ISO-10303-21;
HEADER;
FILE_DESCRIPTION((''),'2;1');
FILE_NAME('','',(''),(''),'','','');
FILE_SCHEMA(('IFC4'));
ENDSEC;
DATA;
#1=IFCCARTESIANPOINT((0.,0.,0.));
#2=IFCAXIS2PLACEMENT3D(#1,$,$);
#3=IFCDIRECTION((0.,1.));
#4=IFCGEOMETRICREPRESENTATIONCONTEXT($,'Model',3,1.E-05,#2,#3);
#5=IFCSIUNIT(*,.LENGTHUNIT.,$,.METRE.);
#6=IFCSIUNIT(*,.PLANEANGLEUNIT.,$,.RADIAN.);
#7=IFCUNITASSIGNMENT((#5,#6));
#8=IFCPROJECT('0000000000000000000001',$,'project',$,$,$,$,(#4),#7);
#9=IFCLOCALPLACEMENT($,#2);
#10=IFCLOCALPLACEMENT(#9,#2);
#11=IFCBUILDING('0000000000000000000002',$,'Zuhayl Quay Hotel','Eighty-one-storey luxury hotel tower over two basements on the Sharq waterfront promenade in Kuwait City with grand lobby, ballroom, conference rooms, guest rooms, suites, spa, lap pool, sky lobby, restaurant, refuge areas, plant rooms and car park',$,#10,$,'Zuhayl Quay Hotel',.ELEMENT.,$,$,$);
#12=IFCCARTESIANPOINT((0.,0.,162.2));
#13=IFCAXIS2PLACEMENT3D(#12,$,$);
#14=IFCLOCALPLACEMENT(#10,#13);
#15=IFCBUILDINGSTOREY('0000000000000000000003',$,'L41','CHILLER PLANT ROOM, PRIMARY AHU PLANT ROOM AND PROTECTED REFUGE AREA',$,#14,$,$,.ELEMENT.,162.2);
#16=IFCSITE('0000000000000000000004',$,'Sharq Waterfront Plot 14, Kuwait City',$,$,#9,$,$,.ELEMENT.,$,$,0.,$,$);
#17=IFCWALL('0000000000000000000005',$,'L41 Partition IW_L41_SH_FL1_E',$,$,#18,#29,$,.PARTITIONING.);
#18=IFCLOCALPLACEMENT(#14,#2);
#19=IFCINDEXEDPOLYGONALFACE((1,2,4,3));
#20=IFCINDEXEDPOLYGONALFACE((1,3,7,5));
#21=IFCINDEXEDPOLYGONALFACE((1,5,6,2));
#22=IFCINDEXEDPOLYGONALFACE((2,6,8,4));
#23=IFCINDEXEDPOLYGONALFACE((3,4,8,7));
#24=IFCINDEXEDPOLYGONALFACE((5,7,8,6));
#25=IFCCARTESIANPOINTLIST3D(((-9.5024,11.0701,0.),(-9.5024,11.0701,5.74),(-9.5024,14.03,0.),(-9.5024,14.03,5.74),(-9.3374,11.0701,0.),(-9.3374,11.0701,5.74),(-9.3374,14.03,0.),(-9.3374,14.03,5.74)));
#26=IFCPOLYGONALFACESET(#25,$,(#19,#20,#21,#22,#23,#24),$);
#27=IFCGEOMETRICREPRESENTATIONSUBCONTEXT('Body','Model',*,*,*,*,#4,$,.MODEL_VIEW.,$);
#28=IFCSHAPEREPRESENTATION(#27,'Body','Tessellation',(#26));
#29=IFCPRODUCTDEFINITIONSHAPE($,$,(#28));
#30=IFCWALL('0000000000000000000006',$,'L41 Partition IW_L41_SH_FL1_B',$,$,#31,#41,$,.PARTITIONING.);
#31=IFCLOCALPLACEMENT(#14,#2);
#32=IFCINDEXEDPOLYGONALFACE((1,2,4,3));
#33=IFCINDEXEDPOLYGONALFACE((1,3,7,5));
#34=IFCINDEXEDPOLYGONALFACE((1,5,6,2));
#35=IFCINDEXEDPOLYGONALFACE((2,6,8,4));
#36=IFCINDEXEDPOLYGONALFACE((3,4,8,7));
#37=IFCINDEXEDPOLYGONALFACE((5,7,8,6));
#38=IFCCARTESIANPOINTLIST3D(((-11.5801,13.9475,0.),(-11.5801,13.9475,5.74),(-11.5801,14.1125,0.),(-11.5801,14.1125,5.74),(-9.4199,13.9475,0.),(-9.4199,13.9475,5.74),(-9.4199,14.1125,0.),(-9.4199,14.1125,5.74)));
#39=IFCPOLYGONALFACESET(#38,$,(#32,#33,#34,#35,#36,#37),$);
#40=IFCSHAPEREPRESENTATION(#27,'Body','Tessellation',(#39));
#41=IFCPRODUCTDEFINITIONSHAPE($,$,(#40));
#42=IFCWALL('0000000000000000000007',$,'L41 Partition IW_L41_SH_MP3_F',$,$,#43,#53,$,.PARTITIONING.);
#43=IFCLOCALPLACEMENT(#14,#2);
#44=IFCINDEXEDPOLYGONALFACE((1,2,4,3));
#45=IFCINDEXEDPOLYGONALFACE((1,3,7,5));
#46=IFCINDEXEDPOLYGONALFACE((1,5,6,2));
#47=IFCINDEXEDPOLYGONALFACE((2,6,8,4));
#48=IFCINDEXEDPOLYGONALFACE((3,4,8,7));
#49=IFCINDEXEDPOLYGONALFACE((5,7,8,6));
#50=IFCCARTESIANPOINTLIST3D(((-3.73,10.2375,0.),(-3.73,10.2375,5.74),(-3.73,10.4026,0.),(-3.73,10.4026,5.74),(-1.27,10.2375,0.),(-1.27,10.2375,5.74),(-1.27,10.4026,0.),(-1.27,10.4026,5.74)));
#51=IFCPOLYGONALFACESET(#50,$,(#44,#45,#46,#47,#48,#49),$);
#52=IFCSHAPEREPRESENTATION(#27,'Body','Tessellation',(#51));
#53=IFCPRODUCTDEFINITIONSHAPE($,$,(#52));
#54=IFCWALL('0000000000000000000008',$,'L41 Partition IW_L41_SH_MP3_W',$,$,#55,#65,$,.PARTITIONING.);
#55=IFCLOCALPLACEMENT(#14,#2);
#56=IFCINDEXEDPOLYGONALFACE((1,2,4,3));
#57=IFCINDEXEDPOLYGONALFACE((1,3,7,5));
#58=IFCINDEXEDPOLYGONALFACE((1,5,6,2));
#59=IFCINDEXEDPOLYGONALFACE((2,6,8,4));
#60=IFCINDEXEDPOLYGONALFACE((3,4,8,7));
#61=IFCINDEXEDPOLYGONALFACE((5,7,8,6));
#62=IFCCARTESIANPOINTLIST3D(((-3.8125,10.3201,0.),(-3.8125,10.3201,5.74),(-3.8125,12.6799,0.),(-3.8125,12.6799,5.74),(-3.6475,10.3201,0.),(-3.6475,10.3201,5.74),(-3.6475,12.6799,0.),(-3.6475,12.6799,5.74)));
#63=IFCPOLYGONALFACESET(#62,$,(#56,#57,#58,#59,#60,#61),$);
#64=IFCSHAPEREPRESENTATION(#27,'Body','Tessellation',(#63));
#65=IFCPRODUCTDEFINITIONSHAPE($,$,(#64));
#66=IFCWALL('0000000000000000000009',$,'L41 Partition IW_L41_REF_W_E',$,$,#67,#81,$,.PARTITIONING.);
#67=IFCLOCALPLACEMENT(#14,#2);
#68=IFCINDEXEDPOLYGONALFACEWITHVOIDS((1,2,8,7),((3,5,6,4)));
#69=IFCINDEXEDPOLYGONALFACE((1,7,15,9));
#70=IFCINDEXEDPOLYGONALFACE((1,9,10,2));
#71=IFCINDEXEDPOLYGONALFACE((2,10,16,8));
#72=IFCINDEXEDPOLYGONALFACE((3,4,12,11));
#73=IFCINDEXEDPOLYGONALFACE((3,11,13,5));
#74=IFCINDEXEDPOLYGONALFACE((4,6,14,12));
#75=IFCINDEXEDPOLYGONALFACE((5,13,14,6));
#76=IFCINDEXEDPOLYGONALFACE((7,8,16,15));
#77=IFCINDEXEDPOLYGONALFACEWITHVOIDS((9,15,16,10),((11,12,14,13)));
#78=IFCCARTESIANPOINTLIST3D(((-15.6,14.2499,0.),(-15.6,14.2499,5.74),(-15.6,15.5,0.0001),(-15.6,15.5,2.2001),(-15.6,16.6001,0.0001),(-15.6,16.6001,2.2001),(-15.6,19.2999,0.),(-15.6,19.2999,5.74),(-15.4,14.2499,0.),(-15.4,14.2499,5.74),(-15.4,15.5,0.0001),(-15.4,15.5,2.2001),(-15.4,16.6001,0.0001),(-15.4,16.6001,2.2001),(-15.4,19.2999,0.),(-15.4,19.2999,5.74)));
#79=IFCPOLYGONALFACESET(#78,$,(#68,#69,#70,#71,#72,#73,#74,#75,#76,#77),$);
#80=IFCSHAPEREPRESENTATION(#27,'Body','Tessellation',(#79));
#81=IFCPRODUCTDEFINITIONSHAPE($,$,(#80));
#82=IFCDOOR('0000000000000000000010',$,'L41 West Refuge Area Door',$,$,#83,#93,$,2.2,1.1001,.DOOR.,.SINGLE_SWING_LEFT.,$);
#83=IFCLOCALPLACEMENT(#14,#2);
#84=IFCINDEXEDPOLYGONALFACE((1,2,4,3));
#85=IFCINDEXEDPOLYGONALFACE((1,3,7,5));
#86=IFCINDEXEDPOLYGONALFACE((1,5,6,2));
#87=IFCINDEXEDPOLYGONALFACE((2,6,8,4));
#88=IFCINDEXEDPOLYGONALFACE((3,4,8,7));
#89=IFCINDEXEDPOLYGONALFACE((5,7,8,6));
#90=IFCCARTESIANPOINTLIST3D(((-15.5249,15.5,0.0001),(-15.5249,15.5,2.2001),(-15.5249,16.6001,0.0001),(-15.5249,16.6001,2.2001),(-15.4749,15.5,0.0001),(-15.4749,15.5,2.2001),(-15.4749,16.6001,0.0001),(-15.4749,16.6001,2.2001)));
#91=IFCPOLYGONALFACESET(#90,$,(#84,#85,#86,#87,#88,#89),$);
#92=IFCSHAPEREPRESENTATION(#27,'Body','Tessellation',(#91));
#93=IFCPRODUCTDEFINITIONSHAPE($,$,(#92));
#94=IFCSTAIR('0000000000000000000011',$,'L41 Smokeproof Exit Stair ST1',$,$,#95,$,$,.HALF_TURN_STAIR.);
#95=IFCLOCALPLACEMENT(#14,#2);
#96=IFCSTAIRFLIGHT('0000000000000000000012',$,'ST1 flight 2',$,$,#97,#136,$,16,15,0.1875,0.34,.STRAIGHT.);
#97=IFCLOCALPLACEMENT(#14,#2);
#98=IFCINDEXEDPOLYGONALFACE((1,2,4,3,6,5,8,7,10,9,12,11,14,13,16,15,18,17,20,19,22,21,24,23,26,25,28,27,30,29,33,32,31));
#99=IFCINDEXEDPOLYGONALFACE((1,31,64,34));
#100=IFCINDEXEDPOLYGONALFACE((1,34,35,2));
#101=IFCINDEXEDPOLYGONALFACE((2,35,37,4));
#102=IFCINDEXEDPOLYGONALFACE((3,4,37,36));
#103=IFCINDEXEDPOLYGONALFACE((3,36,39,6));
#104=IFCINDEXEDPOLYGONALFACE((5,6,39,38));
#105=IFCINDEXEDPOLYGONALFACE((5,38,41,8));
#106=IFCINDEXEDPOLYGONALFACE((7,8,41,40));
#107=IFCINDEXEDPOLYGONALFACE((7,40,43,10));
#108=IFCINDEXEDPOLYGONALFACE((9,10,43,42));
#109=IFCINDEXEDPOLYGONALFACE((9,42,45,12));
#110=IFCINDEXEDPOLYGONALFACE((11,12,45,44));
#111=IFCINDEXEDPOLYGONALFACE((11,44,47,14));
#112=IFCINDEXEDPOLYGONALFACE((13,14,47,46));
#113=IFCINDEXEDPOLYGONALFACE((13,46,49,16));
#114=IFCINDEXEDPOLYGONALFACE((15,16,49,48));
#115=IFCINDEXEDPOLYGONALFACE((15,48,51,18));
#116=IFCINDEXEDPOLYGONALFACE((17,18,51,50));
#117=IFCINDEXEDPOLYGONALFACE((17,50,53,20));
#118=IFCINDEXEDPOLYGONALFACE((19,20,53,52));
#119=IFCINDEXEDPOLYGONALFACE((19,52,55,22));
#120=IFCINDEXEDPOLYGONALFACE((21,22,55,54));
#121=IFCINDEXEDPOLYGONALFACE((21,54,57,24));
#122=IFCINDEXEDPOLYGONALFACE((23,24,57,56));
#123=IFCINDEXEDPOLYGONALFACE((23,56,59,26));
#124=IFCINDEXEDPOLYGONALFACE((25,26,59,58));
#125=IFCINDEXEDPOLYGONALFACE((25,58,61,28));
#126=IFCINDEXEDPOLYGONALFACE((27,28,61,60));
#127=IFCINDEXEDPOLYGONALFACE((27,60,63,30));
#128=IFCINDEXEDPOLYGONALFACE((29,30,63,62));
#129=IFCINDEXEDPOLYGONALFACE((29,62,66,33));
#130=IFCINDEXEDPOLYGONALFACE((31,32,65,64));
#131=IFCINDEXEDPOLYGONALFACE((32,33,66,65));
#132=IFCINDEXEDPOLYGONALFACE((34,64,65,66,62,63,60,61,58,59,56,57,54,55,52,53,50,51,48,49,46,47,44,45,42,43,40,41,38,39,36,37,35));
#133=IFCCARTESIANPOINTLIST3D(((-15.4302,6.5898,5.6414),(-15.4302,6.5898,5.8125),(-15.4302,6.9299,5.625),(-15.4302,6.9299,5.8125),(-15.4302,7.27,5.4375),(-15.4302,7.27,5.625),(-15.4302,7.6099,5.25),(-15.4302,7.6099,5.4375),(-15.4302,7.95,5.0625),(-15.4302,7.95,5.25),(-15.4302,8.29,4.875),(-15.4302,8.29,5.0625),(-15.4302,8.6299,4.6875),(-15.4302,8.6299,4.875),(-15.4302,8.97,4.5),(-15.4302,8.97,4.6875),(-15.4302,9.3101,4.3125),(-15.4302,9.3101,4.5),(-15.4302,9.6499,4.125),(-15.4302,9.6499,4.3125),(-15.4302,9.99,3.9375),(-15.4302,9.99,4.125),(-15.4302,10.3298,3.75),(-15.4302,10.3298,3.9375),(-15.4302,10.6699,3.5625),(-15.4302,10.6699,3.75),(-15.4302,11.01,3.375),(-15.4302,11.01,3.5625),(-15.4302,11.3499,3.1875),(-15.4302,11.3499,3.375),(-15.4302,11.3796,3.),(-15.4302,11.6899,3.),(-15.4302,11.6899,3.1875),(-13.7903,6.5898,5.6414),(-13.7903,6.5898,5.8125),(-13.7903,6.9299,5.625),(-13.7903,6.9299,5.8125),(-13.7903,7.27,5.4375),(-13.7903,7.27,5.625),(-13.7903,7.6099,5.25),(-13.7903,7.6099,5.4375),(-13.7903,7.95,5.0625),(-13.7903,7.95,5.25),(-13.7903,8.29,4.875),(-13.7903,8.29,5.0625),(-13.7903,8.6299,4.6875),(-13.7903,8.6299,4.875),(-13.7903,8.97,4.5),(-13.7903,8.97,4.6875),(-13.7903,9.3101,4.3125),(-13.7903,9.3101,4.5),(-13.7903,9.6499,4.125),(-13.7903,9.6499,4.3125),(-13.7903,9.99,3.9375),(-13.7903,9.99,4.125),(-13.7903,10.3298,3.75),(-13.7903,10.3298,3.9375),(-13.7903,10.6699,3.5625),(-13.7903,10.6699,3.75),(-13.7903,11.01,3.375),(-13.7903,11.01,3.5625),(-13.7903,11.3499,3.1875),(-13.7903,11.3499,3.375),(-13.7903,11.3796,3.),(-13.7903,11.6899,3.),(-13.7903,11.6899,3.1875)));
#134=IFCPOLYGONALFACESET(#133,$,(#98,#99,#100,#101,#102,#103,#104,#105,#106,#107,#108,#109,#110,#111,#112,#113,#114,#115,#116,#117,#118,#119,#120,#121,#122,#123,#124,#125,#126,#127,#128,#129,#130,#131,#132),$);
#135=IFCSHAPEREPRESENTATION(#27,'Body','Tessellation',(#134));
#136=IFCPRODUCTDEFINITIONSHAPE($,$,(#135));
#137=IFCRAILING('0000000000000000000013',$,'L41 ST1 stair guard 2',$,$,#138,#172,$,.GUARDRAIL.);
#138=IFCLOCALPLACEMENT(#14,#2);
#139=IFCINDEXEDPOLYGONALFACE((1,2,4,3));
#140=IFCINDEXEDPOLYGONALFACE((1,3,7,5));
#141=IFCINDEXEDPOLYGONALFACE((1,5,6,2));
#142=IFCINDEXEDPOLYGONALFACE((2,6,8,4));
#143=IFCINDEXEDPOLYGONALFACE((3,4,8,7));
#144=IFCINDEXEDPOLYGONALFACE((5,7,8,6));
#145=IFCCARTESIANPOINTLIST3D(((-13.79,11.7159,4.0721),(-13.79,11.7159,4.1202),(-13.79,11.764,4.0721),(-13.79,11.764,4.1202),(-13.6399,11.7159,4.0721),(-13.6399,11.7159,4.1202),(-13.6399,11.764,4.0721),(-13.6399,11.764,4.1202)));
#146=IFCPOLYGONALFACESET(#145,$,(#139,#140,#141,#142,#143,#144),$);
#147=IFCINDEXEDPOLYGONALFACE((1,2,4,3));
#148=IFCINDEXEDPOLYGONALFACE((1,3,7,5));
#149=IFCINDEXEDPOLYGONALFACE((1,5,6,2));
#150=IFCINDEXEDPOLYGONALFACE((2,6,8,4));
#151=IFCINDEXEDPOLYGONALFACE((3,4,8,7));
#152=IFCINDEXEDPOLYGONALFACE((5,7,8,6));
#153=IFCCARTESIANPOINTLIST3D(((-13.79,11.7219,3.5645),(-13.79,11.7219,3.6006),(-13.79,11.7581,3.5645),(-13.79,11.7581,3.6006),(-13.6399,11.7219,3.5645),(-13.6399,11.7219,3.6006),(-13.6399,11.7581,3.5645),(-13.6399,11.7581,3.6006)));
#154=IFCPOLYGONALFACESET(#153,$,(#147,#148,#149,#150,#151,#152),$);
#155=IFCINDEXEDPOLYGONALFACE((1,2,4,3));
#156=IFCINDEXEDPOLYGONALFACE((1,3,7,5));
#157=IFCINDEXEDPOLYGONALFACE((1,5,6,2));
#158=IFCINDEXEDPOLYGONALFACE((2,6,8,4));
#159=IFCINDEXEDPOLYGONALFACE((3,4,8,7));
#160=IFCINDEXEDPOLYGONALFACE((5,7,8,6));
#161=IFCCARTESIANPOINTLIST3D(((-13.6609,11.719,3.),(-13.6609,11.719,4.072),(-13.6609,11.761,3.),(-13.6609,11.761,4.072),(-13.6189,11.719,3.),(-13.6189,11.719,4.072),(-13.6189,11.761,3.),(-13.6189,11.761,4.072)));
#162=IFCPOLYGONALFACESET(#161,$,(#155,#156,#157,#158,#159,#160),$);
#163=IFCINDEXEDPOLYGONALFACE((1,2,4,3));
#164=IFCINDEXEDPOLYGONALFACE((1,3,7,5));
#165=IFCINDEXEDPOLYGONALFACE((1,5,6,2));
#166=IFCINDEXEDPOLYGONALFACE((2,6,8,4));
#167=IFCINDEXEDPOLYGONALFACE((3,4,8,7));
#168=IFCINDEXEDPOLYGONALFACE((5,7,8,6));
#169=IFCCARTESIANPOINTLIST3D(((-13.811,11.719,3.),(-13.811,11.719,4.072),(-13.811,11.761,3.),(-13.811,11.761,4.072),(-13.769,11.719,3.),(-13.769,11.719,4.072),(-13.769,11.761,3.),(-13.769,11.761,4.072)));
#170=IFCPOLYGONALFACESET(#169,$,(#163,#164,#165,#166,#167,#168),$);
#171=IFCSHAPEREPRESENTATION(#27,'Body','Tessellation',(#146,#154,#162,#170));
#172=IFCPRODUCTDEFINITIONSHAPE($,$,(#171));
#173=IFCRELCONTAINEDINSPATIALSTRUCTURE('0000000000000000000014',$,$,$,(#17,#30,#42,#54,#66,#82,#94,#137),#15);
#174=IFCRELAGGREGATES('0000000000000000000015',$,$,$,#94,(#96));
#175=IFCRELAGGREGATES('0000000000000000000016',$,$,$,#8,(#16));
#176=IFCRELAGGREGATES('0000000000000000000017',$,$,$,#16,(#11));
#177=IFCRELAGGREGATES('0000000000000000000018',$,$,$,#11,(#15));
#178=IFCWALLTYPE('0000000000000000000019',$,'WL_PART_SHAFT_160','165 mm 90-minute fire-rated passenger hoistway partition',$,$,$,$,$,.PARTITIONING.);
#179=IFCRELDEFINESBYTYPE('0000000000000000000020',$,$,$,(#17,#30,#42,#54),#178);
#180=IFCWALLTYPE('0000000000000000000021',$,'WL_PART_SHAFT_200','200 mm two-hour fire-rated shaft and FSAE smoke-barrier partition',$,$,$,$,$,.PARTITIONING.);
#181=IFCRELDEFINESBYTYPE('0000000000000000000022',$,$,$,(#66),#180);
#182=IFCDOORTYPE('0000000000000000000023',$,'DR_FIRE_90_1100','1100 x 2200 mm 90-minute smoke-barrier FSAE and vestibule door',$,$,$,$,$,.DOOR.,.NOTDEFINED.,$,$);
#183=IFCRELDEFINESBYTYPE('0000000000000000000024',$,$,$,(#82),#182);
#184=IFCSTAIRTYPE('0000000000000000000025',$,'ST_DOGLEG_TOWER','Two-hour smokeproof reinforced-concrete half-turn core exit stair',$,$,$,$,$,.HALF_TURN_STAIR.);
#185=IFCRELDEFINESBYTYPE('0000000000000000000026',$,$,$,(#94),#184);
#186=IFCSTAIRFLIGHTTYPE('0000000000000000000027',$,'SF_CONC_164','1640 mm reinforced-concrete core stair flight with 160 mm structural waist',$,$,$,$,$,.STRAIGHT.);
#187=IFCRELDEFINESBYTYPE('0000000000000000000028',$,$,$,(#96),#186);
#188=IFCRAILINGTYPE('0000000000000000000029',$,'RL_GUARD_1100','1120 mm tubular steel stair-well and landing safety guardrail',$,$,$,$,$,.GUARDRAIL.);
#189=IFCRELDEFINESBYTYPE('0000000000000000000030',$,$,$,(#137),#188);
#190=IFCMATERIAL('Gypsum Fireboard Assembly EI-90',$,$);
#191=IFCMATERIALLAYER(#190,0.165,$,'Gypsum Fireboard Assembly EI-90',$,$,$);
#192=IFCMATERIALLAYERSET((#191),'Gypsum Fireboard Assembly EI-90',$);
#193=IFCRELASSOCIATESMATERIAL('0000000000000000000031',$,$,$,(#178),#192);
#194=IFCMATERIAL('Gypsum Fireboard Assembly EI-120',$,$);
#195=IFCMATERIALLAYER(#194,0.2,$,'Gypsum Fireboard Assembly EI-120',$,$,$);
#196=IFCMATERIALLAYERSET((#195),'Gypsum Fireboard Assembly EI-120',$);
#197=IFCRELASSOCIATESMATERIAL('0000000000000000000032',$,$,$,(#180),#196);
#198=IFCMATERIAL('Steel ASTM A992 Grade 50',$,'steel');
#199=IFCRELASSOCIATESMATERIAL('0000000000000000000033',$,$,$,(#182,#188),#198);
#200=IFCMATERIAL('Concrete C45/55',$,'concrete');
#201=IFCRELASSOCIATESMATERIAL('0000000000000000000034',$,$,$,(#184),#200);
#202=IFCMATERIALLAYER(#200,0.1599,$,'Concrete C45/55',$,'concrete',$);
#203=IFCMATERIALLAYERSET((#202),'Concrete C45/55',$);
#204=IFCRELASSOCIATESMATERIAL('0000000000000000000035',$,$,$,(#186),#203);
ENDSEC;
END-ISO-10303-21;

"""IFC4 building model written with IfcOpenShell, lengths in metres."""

from ifc_helpers import new_model, si_unit, direction, frame, frame_2d, origin, origin_2d, place, context, subcontext, project, spatial, polyline, rectangle, outline, extrude, material, layer, layer_set, type_object, element, fill, aggregate, save


model = new_model("IFC4")

# Units and contexts
model_context = context("Model", 3, precision=1e-05, world=origin(), true_north=direction((0.0, 1.0)))
body_context = subcontext(model_context, "Body", "Model", "MODEL_VIEW")
ifc_project = project(units=[si_unit("LENGTHUNIT", "METRE"), si_unit("PLANEANGLEUNIT", "RADIAN")], contexts=[model_context])

# Site, building, storey
site_placement = place(None, origin())
site = spatial("IfcSite", under=ifc_project, at=site_placement, Name="Sharq Waterfront Plot 14, Kuwait City", CompositionType="ELEMENT", RefElevation=0.0)
building_placement = place(site_placement, origin())
building = spatial("IfcBuilding", under=site, at=building_placement, Name="Zuhayl Quay Hotel", Description="Eighty-one-storey luxury hotel tower over two basements on the Sharq waterfront promenade in Kuwait City with grand lobby, ballroom, conference rooms, guest rooms, suites, spa, lap pool, sky lobby, restaurant, refuge areas, plant rooms and car park", LongName="Zuhayl Quay Hotel", CompositionType="ELEMENT")
storey_placement = place(building_placement, frame((0.0, 0.0, 162.2)))
storey = spatial("IfcBuildingStorey", under=building, at=storey_placement, Name="L41", Description="CHILLER PLANT ROOM, PRIMARY AHU PLANT ROOM AND PROTECTED REFUGE AREA", CompositionType="ELEMENT", Elevation=162.2)

# Shared definitions
ifc_material_1 = material(Name="Steel ASTM A992 Grade 50", Category="steel")

# Shared definitions
ifc_material_2 = material(Name="Gypsum Fireboard Assembly EI-90")
ifc_layer_1 = layer(ifc_material_2, 0.165, Name="Gypsum Fireboard Assembly EI-90")
ifc_layer_set_1 = layer_set([ifc_layer_1], Name="Gypsum Fireboard Assembly EI-90")
wall_type_1 = type_object("IfcWallType", Name="WL_PART_SHAFT_160", Description="165 mm 90-minute fire-rated passenger hoistway partition", PredefinedType="PARTITIONING", material=ifc_layer_set_1)

# Walls
wall_1_placement = place(storey_placement, frame((-9.4199, 11.0701, 0.0), z_axis=(0.0, 0.0, 1.0), x_axis=(0.0, 1.0, 0.0)))
element("IfcWall", 1, at=wall_1_placement, inside=storey, type_object=wall_type_1, Name="L41 Partition IW_L41_SH_FL1_E", PredefinedType="PARTITIONING", context=body_context, shape_type="SweptSolid", body=[
    extrude(rectangle(XDim=2.96, YDim=0.165, at=frame_2d((1.48, 0.0))), origin(), (0.0, 0.0, 1.0), 5.74),
])
wall_2_placement = place(storey_placement, frame((-11.5801, 14.03, 0.0), z_axis=(0.0, 0.0, 1.0), x_axis=(1.0, 0.0, 0.0)))
element("IfcWall", 2, at=wall_2_placement, inside=storey, type_object=wall_type_1, Name="L41 Partition IW_L41_SH_FL1_B", PredefinedType="PARTITIONING", context=body_context, shape_type="SweptSolid", body=[
    extrude(rectangle(XDim=2.1602, YDim=0.165, at=frame_2d((1.0801, 0.0))), origin(), (0.0, 0.0, 1.0), 5.74),
])
wall_3_placement = place(storey_placement, frame((-3.73, 10.3201, 0.0), z_axis=(0.0, 0.0, 1.0), x_axis=(1.0, 0.0, 0.0)))
element("IfcWall", 3, at=wall_3_placement, inside=storey, type_object=wall_type_1, Name="L41 Partition IW_L41_SH_MP3_F", PredefinedType="PARTITIONING", context=body_context, shape_type="SweptSolid", body=[
    extrude(rectangle(XDim=2.46, YDim=0.165, at=frame_2d((1.23, 0.0))), origin(), (0.0, 0.0, 1.0), 5.74),
])
wall_4_placement = place(storey_placement, frame((-3.73, 10.3201, 0.0), z_axis=(0.0, 0.0, 1.0), x_axis=(0.0, 1.0, 0.0)))
element("IfcWall", 4, at=wall_4_placement, inside=storey, type_object=wall_type_1, Name="L41 Partition IW_L41_SH_MP3_W", PredefinedType="PARTITIONING", context=body_context, shape_type="SweptSolid", body=[
    extrude(rectangle(XDim=2.3599, YDim=0.165, at=frame_2d((1.1799, 0.0))), origin(), (0.0, 0.0, 1.0), 5.74),
])

# Wall, opening, door
ifc_material_3 = material(Name="Gypsum Fireboard Assembly EI-120")
ifc_layer_2 = layer(ifc_material_3, 0.2, Name="Gypsum Fireboard Assembly EI-120")
ifc_layer_set_2 = layer_set([ifc_layer_2], Name="Gypsum Fireboard Assembly EI-120")
wall_type_2 = type_object("IfcWallType", Name="WL_PART_SHAFT_200", Description="200 mm two-hour fire-rated shaft and FSAE smoke-barrier partition", PredefinedType="PARTITIONING", material=ifc_layer_set_2)
wall_5_placement = place(storey_placement, frame((-15.5, 14.25, 0.0), z_axis=(0.0, 0.0, 1.0), x_axis=(0.0, 1.0, 0.0)))
wall_5 = element("IfcWall", 5, at=wall_5_placement, inside=storey, type_object=wall_type_2, Name="L41 Partition IW_L41_REF_W_E", PredefinedType="PARTITIONING", context=body_context, shape_type="SweptSolid", body=[
    extrude(rectangle(XDim=5.05, YDim=0.2, at=frame_2d((2.5249, 0.0))), origin(), (0.0, 0.0, 1.0), 5.74),
])
opening_1_placement = place(wall_5_placement, frame((1.25, 0.0, 0.0)))
opening_1 = element("IfcOpeningElement", 6, at=opening_1_placement, cuts=wall_5, PredefinedType="OPENING", context=body_context, shape_type="SweptSolid", body=[
    extrude(rectangle(XDim=1.1001, YDim=2.2, at=frame_2d((0.55, 1.1001))), frame((0.0, 0.1099, 0.0), z_axis=(0.0, -1.0, 0.0), x_axis=(1.0, 0.0, 0.0)), (0.0, 0.0, 1.0), 0.22),
])
door_type_1 = type_object("IfcDoorType", Name="DR_FIRE_90_1100", Description="1100 x 2200 mm 90-minute smoke-barrier FSAE and vestibule door", OperationType="NOTDEFINED", PredefinedType="DOOR", material=ifc_material_1)
door_1_placement = place(opening_1_placement, origin())
door_1 = element("IfcDoor", 7, at=door_1_placement, inside=storey, type_object=door_type_1, Name="L41 West Refuge Area Door", OperationType="SINGLE_SWING_LEFT", OverallHeight=2.2, OverallWidth=1.1001, PredefinedType="DOOR", context=body_context, shape_type="SweptSolid", body=[
    extrude(rectangle(XDim=1.1001, YDim=2.2, at=frame_2d((0.55, 1.1001))), frame((0.0, 0.0249, 0.0), z_axis=(0.0, -1.0, 0.0), x_axis=(1.0, 0.0, 0.0)), (0.0, 0.0, 1.0), 0.05),
])
fill(opening_1, door_1)

# Stair, stair flight
ifc_material_4 = material(Name="Concrete C45/55", Category="concrete")
stair_type = type_object("IfcStairType", Name="ST_DOGLEG_TOWER", Description="Two-hour smokeproof reinforced-concrete half-turn core exit stair", PredefinedType="HALF_TURN_STAIR", material=ifc_material_4)
stair_placement = place(storey_placement, origin())
stair = element("IfcStair", 8, at=stair_placement, inside=storey, type_object=stair_type, Name="L41 Smokeproof Exit Stair ST1", PredefinedType="HALF_TURN_STAIR")
ifc_layer_3 = layer(ifc_material_4, 0.1599, Name="Concrete C45/55", Category="concrete")
ifc_layer_set_3 = layer_set([ifc_layer_3], Name="Concrete C45/55")
stair_flight_type = type_object("IfcStairFlightType", Name="SF_CONC_164", Description="1640 mm reinforced-concrete core stair flight with 160 mm structural waist", PredefinedType="STRAIGHT", material=ifc_layer_set_3)
stair_flight_placement = place(storey_placement, frame((-14.6101, 11.6899, 3.0), z_axis=(0.0, 0.0, 1.0), x_axis=(0.0, -1.0, 0.0)))
stair_flight = element("IfcStairFlight", 9, at=stair_flight_placement, type_object=stair_flight_type, Name="ST1 flight 2", NumberOfRisers=16, NumberOfTreads=15, PredefinedType="STRAIGHT", RiserHeight=0.1875, TreadLength=0.34, context=body_context, shape_type="SweptSolid", body=[
    extrude(outline(polyline([(0.0, 0.0), (0.0, 0.1875), (0.3401, 0.1875), (0.3401, 0.375), (0.6799, 0.375), (0.6799, 0.5625), (1.02, 0.5625), (1.02, 0.75), (1.3601, 0.75), (1.3601, 0.9375), (1.7, 0.9375), (1.7, 1.125), (2.04, 1.125), (2.04, 1.3125), (2.3799, 1.3125), (2.3799, 1.5), (2.72, 1.5), (2.72, 1.6875), (3.0601, 1.6875), (3.0601, 1.875), (3.3999, 1.875), (3.3999, 2.0625), (3.74, 2.0625), (3.74, 2.25), (4.0801, 2.25), (4.0801, 2.4375), (4.4199, 2.4375), (4.4199, 2.625), (4.76, 2.625), (4.76, 2.8125), (5.1001, 2.8125), (5.1001, 3.0), (5.1001, 2.6414), (0.3103, 0.0), (0.0, 0.0)])), frame((0.0, 0.8198, 0.0), z_axis=(0.0, -1.0, 0.0), x_axis=(1.0, 0.0, 0.0)), (0.0, 0.0, 1.0), 1.6399),
])
aggregate(stair, [stair_flight])

# Railing
railing_type_1 = type_object("IfcRailingType", Name="RL_GUARD_1100", Description="1120 mm tubular steel stair-well and landing safety guardrail", PredefinedType="GUARDRAIL", material=ifc_material_1)
railing_1_placement = place(storey_placement, frame((-13.6399, 11.74, 3.0)))
element("IfcRailing", 10, at=railing_1_placement, inside=storey, type_object=railing_type_1, Name="L41 ST1 stair guard 2", PredefinedType="GUARDRAIL", context=body_context, shape_type="SweptSolid", body=[
    extrude(rectangle(XDim=0.0481, YDim=0.0481, at=origin_2d()), frame((0.0, 0.0, 1.0962), z_axis=(-1.0, 0.0, 0.0), x_axis=(0.0, -1.0, 0.0)), (0.0, 0.0, 1.0), 0.1501),
    extrude(rectangle(XDim=0.0361, YDim=0.0361, at=origin_2d()), frame((0.0, 0.0, 0.5825), z_axis=(-1.0, 0.0, 0.0), x_axis=(0.0, -1.0, 0.0)), (0.0, 0.0, 1.0), 0.1501),
    extrude(rectangle(XDim=0.042, YDim=0.042, at=origin_2d()), origin(), (0.0, 0.0, 1.0), 1.072),
    extrude(rectangle(XDim=0.042, YDim=0.042, at=origin_2d()), frame((-0.1501, 0.0, 0.0)), (0.0, 0.0, 1.0), 1.072),
])

save(model, "model.ifc")
